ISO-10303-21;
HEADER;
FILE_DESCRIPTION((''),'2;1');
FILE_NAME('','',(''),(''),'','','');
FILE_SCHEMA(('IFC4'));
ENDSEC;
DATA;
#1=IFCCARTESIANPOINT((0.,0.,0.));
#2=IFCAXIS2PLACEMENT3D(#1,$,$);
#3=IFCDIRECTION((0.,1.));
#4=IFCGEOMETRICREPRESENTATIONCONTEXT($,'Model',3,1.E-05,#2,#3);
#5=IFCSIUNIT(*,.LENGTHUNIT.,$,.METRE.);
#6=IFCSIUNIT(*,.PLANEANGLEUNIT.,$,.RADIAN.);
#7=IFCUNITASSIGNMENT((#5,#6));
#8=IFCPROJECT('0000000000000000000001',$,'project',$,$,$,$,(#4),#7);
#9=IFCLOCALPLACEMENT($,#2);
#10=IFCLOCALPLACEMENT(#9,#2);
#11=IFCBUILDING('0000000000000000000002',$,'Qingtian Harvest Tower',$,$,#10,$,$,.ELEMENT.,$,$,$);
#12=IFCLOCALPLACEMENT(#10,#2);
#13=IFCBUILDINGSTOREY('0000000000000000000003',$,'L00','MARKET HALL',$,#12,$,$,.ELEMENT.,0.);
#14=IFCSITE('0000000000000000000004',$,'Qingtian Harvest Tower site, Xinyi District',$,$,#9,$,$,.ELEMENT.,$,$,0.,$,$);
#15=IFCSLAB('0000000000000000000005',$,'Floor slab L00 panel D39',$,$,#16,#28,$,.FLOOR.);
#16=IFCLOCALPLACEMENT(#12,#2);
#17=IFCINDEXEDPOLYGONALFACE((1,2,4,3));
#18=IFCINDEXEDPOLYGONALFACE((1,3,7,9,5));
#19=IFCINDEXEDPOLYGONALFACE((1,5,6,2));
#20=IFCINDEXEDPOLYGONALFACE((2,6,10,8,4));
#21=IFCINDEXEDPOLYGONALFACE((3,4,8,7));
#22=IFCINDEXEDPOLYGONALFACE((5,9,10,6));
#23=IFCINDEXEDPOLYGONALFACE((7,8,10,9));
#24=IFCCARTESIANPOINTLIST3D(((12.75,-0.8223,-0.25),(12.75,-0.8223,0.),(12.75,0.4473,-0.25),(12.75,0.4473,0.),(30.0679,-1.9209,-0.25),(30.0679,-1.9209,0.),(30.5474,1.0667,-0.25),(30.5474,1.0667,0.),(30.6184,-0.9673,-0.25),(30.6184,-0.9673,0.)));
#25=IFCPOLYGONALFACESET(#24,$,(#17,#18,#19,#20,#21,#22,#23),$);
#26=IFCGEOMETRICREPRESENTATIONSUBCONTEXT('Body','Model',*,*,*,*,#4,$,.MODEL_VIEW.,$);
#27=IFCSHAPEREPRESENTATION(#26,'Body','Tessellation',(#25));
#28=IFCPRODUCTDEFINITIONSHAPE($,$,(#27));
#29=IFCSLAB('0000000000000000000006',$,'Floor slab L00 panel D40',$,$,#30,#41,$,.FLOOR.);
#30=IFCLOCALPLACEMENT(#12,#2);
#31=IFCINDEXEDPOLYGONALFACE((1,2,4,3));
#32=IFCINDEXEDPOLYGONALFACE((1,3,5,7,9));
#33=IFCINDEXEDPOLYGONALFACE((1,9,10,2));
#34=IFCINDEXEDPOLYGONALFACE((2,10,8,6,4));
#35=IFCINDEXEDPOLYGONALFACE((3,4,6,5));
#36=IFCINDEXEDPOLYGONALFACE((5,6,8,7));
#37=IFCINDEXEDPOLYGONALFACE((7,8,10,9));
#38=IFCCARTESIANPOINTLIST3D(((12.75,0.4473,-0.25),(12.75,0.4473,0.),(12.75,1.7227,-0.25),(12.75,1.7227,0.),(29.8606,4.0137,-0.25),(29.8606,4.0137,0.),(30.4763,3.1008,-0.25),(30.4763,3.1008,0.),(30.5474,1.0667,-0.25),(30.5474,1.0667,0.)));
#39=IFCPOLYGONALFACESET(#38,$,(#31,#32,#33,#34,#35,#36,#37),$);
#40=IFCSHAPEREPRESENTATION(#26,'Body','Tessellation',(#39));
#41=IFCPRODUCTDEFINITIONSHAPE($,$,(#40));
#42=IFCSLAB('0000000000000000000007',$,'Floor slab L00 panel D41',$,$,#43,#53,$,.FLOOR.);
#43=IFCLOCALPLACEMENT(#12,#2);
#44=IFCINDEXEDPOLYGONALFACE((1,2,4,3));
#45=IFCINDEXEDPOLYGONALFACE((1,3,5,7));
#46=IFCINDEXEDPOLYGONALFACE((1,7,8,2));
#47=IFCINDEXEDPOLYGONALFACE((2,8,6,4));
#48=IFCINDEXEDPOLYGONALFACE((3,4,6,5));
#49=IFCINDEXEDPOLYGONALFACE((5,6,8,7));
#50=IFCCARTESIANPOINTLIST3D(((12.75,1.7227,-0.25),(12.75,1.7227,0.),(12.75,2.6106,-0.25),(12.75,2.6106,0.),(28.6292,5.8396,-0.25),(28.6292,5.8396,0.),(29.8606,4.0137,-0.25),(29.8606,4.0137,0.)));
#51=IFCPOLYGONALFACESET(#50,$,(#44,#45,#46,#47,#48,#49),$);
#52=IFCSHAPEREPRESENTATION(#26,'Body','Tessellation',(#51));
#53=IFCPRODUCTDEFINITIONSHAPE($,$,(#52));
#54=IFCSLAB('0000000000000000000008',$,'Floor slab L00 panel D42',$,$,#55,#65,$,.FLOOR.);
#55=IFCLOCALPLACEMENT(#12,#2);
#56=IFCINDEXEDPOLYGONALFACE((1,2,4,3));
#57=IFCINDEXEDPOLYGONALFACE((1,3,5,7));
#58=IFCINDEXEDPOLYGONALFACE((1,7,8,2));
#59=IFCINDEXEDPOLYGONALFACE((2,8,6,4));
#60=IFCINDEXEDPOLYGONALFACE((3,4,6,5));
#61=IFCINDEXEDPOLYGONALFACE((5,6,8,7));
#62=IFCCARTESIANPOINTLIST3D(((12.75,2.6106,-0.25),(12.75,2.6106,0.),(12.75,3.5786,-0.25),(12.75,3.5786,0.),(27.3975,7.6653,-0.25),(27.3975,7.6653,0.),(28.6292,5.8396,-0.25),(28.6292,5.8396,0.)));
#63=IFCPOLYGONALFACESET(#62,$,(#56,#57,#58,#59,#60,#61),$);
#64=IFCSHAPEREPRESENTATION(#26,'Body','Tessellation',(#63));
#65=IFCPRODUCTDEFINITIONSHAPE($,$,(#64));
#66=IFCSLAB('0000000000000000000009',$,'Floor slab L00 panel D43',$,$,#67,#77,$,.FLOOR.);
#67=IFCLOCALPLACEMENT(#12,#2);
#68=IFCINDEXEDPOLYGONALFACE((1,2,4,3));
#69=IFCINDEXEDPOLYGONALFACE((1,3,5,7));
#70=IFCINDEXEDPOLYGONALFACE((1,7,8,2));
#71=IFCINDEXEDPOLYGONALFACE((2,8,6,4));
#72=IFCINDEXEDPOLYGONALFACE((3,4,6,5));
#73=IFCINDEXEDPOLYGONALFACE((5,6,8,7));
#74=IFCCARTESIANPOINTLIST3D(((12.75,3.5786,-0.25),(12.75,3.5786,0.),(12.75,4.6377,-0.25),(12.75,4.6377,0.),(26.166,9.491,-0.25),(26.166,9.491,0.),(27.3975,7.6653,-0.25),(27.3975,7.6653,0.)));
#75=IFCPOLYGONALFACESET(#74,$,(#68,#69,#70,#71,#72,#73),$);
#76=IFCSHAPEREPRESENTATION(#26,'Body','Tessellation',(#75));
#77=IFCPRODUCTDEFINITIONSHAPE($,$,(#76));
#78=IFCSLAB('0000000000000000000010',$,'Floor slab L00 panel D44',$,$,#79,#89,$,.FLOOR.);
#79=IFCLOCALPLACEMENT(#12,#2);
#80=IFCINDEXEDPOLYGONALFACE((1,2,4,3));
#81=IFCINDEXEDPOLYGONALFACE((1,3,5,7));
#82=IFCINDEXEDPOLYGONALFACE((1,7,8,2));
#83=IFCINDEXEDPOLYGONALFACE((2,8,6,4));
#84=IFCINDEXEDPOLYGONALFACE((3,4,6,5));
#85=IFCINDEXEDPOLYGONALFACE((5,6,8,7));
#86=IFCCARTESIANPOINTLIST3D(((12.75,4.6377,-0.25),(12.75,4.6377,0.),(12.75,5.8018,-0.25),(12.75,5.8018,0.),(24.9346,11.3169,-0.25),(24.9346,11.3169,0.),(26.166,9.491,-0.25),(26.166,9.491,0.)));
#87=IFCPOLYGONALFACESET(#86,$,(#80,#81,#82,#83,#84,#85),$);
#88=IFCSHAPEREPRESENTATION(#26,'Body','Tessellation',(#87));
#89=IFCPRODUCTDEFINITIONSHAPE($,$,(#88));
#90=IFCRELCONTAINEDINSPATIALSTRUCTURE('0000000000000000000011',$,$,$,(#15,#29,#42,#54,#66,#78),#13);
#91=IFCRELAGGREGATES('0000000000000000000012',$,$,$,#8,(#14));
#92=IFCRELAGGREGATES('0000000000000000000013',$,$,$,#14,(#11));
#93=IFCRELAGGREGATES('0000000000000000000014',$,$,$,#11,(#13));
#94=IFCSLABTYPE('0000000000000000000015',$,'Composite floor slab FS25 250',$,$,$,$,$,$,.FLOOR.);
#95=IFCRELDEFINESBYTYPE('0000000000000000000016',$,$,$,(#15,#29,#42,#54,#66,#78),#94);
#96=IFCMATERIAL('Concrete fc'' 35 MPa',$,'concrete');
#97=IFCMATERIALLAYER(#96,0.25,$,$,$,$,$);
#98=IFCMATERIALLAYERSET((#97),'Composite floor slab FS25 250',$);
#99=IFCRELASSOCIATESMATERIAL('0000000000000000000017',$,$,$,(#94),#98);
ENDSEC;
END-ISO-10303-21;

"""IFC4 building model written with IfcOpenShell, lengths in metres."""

from ifc_helpers import new_model, si_unit, direction, frame, origin, place, context, subcontext, project, spatial, polyline, outline, extrude, material, layer, layer_set, type_object, element, save


model = new_model("IFC4")

# Units and contexts
model_context = context("Model", 3, precision=1e-05, world=origin(), true_north=direction((0.0, 1.0)))
body_context = subcontext(model_context, "Body", "Model", "MODEL_VIEW")
ifc_project = project(units=[si_unit("LENGTHUNIT", "METRE"), si_unit("PLANEANGLEUNIT", "RADIAN")], contexts=[model_context])

# Site, building, storey
site_placement = place(None, origin())
site = spatial("IfcSite", under=ifc_project, at=site_placement, Name="Qingtian Harvest Tower site, Xinyi District", CompositionType="ELEMENT", RefElevation=0.0)
building_placement = place(site_placement, origin())
building = spatial("IfcBuilding", under=site, at=building_placement, Name="Qingtian Harvest Tower", CompositionType="ELEMENT")
storey_placement = place(building_placement, origin())
storey = spatial("IfcBuildingStorey", under=building, at=storey_placement, Name="L00", Description="MARKET HALL", CompositionType="ELEMENT", Elevation=0.0)

# Slabs
ifc_material = material(Name="Concrete fc' 35 MPa", Category="concrete")
ifc_layer = layer(ifc_material, 0.25)
ifc_layer_set = layer_set([ifc_layer], Name="Composite floor slab FS25 250")
slab_type = type_object("IfcSlabType", Name="Composite floor slab FS25 250", PredefinedType="FLOOR", material=ifc_layer_set)
slab_1_placement = place(storey_placement, frame((0.0, 0.0, -0.25)))
element("IfcSlab", 1, at=slab_1_placement, inside=storey, type_object=slab_type, Name="Floor slab L00 panel D39", PredefinedType="FLOOR", context=body_context, shape_type="SweptSolid", body=[
    extrude(outline(polyline([(12.75, -0.8223), (12.75, 0.4473), (30.5474, 1.0667), (30.6184, -0.9673), (30.0679, -1.9209), (12.75, -0.8223)])), origin(), (0.0, 0.0, 1.0), 0.25),
])
slab_2_placement = place(storey_placement, frame((0.0, 0.0, -0.25)))
element("IfcSlab", 2, at=slab_2_placement, inside=storey, type_object=slab_type, Name="Floor slab L00 panel D40", PredefinedType="FLOOR", context=body_context, shape_type="SweptSolid", body=[
    extrude(outline(polyline([(12.75, 0.4473), (12.75, 1.7227), (29.8606, 4.0137), (30.4763, 3.1008), (30.5474, 1.0667), (12.75, 0.4473)])), origin(), (0.0, 0.0, 1.0), 0.25),
])
slab_3_placement = place(storey_placement, frame((0.0, 0.0, -0.25)))
element("IfcSlab", 3, at=slab_3_placement, inside=storey, type_object=slab_type, Name="Floor slab L00 panel D41", PredefinedType="FLOOR", context=body_context, shape_type="SweptSolid", body=[
    extrude(outline(polyline([(12.75, 2.6106), (28.6292, 5.8396), (29.8606, 4.0137), (12.75, 1.7227), (12.75, 2.6106)])), origin(), (0.0, 0.0, 1.0), 0.25),
])
slab_4_placement = place(storey_placement, frame((0.0, 0.0, -0.25)))
element("IfcSlab", 4, at=slab_4_placement, inside=storey, type_object=slab_type, Name="Floor slab L00 panel D42", PredefinedType="FLOOR", context=body_context, shape_type="SweptSolid", body=[
    extrude(outline(polyline([(12.75, 3.5786), (27.3975, 7.6653), (28.6292, 5.8396), (12.75, 2.6106), (12.75, 3.5786)])), origin(), (0.0, 0.0, 1.0), 0.25),
])
slab_5_placement = place(storey_placement, frame((0.0, 0.0, -0.25)))
element("IfcSlab", 5, at=slab_5_placement, inside=storey, type_object=slab_type, Name="Floor slab L00 panel D43", PredefinedType="FLOOR", context=body_context, shape_type="SweptSolid", body=[
    extrude(outline(polyline([(12.75, 4.6377), (26.166, 9.491), (27.3975, 7.6653), (12.75, 3.5786), (12.75, 4.6377)])), origin(), (0.0, 0.0, 1.0), 0.25),
])
slab_6_placement = place(storey_placement, frame((0.0, 0.0, -0.25)))
element("IfcSlab", 6, at=slab_6_placement, inside=storey, type_object=slab_type, Name="Floor slab L00 panel D44", PredefinedType="FLOOR", context=body_context, shape_type="SweptSolid", body=[
    extrude(outline(polyline([(12.75, 5.8018), (24.9346, 11.3169), (26.166, 9.491), (12.75, 4.6377), (12.75, 5.8018)])), origin(), (0.0, 0.0, 1.0), 0.25),
])

save(model, "model.ifc")
